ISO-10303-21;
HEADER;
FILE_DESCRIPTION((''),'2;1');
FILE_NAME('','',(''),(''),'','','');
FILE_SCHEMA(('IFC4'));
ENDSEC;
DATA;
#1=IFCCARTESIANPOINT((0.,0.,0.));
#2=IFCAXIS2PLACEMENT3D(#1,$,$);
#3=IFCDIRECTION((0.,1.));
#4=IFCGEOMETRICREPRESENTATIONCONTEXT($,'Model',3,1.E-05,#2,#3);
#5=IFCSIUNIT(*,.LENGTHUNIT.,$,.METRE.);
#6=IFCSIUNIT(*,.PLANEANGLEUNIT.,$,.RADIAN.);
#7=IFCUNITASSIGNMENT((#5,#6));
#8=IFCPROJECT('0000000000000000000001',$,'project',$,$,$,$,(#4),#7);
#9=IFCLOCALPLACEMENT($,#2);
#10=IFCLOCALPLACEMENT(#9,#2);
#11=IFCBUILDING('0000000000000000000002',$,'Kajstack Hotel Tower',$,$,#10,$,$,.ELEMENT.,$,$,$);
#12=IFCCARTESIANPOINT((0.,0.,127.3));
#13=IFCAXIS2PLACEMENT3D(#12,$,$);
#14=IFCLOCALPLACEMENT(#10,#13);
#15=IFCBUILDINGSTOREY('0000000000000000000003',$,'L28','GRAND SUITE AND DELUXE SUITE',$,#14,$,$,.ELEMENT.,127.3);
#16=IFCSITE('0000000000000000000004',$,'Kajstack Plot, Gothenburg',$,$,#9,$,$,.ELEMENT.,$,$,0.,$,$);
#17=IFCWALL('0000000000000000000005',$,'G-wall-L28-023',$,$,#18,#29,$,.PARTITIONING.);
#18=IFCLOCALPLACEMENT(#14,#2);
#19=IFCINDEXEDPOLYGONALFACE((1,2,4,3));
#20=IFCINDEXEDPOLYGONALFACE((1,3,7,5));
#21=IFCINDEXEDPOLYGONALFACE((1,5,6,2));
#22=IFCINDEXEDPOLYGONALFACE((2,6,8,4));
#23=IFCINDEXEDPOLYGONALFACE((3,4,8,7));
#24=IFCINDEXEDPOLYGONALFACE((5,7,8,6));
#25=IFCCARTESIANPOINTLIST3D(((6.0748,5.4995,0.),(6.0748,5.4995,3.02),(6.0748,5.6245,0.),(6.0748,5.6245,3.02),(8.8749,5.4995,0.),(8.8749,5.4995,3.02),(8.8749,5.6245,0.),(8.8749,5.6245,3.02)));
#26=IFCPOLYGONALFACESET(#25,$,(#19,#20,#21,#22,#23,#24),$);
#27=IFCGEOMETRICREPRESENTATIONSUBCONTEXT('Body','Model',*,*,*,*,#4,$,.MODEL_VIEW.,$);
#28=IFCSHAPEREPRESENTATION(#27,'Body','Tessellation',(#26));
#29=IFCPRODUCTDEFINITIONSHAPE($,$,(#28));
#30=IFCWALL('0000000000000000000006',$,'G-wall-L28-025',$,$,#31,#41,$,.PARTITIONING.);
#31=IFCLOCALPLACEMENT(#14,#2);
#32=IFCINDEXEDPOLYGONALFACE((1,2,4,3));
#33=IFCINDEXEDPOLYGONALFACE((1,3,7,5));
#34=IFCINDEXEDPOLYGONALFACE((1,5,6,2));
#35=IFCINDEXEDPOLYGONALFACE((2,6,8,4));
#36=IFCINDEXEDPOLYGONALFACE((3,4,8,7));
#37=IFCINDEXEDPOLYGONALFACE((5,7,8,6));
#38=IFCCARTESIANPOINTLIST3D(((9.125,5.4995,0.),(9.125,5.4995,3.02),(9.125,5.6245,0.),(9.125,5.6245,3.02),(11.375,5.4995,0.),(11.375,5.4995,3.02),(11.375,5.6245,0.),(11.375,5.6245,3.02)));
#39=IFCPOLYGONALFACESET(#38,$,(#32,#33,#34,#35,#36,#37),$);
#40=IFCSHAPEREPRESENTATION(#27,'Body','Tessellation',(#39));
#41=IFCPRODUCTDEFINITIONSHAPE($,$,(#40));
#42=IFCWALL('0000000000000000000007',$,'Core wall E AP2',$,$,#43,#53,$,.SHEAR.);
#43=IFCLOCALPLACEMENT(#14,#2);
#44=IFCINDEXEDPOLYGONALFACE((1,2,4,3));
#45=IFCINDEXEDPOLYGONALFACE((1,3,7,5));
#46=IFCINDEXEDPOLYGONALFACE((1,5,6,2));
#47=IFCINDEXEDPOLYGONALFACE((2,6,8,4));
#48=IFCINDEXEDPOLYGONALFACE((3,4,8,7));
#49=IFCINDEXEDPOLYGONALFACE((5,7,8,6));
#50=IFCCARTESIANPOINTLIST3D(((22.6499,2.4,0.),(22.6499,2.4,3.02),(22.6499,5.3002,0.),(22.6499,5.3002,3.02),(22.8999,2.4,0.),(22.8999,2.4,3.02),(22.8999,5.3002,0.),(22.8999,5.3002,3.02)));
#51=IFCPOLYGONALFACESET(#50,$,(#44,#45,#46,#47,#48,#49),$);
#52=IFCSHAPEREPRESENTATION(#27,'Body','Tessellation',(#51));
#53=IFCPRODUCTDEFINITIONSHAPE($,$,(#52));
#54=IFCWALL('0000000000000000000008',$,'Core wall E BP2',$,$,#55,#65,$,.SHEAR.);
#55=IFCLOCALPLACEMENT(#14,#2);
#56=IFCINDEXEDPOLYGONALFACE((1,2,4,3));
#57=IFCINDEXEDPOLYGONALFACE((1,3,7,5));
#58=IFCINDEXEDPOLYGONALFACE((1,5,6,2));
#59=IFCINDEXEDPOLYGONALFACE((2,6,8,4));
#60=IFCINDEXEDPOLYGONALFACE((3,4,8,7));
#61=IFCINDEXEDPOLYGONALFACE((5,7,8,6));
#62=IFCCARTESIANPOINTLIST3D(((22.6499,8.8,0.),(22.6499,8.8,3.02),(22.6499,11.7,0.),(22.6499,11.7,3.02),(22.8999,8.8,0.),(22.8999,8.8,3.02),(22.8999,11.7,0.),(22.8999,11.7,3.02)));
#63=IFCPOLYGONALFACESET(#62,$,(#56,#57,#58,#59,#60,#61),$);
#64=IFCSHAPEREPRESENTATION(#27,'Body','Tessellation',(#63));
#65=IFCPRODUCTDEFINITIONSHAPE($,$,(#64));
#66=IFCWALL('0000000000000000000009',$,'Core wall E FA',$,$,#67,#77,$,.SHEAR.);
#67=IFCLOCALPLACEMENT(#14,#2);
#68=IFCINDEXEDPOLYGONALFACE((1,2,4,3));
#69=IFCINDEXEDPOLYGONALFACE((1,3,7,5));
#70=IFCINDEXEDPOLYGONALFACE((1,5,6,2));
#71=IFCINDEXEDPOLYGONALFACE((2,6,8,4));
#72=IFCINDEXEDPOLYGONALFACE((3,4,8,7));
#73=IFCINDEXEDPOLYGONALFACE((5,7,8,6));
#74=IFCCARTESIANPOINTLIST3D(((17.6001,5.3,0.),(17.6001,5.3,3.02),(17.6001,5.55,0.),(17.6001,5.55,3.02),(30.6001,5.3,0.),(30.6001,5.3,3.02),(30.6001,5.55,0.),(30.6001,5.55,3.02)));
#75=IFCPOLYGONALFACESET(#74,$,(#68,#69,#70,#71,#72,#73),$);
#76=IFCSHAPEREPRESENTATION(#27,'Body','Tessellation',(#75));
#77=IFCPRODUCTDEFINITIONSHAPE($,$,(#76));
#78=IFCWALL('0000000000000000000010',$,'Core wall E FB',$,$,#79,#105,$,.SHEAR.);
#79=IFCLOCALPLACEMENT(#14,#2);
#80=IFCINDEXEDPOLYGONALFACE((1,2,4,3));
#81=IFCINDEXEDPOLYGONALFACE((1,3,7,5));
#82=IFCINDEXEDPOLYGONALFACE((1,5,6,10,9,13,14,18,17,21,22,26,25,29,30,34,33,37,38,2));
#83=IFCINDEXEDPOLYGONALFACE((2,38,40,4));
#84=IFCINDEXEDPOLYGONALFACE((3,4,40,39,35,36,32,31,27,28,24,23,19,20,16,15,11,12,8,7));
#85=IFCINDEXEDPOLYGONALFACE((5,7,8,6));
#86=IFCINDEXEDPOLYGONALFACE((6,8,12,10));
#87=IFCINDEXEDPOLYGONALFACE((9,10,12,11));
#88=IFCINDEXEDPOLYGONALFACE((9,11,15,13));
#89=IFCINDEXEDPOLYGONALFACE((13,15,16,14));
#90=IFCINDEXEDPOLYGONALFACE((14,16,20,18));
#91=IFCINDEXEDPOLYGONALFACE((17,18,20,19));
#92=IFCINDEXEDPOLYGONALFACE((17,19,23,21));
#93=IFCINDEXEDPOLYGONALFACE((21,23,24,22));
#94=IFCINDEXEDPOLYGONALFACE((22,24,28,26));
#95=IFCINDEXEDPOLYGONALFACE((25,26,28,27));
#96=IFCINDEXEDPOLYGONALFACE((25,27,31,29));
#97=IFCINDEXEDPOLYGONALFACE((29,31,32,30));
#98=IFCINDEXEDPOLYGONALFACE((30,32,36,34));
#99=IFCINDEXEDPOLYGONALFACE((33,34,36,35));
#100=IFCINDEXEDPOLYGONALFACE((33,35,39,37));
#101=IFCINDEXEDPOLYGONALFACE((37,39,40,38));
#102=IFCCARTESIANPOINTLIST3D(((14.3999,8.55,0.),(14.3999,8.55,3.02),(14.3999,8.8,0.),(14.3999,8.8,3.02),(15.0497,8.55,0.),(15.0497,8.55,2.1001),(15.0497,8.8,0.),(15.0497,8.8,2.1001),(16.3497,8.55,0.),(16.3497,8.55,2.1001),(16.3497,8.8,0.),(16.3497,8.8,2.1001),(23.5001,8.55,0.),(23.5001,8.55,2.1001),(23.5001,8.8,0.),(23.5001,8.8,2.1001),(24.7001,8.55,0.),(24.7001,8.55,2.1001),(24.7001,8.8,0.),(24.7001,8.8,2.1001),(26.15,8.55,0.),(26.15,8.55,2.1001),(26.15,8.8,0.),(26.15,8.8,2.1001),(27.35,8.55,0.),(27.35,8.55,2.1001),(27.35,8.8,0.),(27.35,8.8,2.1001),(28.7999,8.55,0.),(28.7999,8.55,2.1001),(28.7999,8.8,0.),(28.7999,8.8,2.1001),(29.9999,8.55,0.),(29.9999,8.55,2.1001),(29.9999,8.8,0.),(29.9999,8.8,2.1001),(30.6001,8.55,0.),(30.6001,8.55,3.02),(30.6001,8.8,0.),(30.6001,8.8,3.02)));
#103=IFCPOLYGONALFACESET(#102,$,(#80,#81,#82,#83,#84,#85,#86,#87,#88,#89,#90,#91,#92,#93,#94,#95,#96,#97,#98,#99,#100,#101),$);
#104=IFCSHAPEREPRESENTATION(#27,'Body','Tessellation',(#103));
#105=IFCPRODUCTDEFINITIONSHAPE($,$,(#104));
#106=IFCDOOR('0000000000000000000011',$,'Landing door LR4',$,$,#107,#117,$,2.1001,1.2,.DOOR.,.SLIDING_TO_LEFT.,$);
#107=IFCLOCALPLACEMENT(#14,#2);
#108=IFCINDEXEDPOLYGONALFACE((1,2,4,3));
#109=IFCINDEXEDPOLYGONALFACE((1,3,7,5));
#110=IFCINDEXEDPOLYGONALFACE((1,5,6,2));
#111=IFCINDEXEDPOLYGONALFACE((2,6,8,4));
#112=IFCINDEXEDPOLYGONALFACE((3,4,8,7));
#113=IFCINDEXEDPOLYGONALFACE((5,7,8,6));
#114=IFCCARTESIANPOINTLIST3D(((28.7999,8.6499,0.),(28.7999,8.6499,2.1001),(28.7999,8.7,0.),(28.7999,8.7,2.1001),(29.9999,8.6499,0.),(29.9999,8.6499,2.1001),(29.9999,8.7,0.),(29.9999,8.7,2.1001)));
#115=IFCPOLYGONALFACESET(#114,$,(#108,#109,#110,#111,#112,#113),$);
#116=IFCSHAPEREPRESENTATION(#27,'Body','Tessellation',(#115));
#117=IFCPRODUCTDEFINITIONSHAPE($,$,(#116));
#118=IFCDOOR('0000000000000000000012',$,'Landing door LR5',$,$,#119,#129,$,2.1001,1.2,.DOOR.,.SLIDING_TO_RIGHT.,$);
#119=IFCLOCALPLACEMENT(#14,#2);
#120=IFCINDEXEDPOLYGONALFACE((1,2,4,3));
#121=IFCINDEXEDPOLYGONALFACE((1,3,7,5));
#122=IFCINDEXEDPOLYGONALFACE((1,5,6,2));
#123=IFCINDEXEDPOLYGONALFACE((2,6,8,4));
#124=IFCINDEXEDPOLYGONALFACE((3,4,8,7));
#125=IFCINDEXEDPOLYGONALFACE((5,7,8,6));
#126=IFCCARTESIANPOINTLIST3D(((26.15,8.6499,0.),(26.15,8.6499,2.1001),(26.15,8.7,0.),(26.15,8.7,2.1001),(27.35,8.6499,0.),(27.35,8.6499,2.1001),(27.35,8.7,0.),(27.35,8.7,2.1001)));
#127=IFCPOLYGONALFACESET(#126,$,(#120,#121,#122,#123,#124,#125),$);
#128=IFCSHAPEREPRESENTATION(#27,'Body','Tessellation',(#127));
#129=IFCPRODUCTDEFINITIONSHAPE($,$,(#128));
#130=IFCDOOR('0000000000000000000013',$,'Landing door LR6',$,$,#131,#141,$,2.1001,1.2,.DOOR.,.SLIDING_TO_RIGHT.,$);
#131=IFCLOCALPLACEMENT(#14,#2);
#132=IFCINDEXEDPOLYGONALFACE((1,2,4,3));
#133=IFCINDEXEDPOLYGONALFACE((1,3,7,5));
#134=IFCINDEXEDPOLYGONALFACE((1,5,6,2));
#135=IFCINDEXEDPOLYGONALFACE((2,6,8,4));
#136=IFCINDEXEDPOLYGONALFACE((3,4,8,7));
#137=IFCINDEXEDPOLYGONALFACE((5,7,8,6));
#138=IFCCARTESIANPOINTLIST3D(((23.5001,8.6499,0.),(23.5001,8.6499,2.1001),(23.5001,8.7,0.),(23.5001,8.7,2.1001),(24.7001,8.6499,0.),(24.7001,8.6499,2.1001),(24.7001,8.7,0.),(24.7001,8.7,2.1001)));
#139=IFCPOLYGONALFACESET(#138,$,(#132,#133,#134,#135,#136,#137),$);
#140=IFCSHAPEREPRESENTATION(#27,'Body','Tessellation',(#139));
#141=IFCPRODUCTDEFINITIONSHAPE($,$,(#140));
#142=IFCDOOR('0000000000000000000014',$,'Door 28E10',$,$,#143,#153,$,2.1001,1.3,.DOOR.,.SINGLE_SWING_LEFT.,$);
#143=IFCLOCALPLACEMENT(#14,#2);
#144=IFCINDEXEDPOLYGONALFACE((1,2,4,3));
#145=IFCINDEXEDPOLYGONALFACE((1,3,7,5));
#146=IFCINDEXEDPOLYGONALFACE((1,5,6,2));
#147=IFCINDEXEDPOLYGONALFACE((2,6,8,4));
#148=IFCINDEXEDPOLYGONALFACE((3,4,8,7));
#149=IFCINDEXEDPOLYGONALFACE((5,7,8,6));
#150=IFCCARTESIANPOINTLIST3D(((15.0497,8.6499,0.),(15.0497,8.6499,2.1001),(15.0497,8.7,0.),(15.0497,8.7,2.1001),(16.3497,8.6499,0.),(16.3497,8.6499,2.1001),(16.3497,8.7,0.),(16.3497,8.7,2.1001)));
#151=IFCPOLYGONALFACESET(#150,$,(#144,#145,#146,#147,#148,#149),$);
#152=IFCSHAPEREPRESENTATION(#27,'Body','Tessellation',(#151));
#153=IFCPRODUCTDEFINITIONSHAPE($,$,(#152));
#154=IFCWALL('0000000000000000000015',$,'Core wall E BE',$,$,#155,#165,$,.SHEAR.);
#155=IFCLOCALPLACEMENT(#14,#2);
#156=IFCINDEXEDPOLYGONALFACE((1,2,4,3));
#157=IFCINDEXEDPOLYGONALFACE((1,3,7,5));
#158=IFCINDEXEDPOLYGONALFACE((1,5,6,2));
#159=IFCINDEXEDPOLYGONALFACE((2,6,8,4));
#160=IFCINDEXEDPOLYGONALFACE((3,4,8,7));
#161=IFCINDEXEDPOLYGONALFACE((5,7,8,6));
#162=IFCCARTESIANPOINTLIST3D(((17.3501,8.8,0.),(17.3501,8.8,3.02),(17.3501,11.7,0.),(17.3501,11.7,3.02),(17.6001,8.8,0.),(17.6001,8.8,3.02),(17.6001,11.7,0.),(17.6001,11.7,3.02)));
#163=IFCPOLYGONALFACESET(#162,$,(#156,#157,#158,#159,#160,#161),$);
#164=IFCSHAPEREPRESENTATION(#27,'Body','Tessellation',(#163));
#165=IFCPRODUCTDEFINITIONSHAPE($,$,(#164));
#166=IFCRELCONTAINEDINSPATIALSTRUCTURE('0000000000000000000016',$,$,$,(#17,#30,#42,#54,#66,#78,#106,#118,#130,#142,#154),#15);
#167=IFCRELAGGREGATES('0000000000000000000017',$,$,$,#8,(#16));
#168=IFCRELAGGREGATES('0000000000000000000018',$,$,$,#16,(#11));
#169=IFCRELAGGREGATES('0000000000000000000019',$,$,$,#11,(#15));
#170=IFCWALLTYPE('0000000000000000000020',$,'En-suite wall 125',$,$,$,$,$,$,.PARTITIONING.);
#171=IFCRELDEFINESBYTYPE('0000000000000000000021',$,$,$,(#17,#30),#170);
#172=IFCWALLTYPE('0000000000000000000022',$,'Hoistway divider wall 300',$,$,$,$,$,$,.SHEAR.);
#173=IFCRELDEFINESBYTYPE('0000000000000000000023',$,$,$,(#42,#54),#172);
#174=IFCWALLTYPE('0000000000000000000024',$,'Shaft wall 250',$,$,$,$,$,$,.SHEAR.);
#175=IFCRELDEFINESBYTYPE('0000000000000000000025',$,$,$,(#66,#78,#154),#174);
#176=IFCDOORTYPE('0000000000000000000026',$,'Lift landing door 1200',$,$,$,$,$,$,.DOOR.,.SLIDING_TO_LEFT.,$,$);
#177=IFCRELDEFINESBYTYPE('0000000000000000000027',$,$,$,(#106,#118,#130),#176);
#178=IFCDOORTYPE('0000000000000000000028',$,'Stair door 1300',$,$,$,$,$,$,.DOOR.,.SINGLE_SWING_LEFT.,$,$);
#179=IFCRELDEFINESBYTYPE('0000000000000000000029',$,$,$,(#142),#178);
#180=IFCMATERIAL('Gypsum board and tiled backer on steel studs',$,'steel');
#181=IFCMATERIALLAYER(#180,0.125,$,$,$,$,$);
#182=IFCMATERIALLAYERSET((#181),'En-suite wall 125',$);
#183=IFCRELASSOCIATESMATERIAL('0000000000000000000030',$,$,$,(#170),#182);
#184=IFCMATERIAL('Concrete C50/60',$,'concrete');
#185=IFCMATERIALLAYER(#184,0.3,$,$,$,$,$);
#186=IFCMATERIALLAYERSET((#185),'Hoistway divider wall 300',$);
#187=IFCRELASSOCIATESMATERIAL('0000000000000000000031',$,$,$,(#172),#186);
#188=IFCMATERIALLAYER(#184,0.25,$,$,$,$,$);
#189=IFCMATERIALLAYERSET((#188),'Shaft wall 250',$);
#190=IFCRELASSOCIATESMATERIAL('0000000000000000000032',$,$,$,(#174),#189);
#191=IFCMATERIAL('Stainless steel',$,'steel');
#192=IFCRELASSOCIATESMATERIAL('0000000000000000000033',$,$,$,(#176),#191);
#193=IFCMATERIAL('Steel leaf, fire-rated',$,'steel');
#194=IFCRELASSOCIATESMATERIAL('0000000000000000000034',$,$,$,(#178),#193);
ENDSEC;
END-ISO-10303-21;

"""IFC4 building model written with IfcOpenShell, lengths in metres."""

from ifc_helpers import new_model, si_unit, direction, frame, frame_2d, origin, place, context, subcontext, project, spatial, rectangle, extrude, material, layer, layer_set, type_object, element, fill, save


model = new_model("IFC4")

# Units and contexts
model_context = context("Model", 3, precision=1e-05, world=origin(), true_north=direction((0.0, 1.0)))
body_context = subcontext(model_context, "Body", "Model", "MODEL_VIEW")
ifc_project = project(units=[si_unit("LENGTHUNIT", "METRE"), si_unit("PLANEANGLEUNIT", "RADIAN")], contexts=[model_context])

# Site, building, storey
site_placement = place(None, origin())
site = spatial("IfcSite", under=ifc_project, at=site_placement, Name="Kajstack Plot, Gothenburg", CompositionType="ELEMENT", RefElevation=0.0)
building_placement = place(site_placement, origin())
building = spatial("IfcBuilding", under=site, at=building_placement, Name="Kajstack Hotel Tower", CompositionType="ELEMENT")
storey_placement = place(building_placement, frame((0.0, 0.0, 127.3)))
storey = spatial("IfcBuildingStorey", under=building, at=storey_placement, Name="L28", Description="GRAND SUITE AND DELUXE SUITE", CompositionType="ELEMENT", Elevation=127.3)

# Walls
ifc_material_1 = material(Name="Gypsum board and tiled backer on steel studs", Category="steel")
ifc_layer_1 = layer(ifc_material_1, 0.125)
ifc_layer_set_1 = layer_set([ifc_layer_1], Name="En-suite wall 125")
wall_type_1 = type_object("IfcWallType", Name="En-suite wall 125", PredefinedType="PARTITIONING", material=ifc_layer_set_1)
wall_1_placement = place(storey_placement, frame((6.075, 5.562, 0.0), z_axis=(0.0, 0.0, 1.0), x_axis=(1.0, 0.0, 0.0)))
element("IfcWall", 1, at=wall_1_placement, inside=storey, type_object=wall_type_1, Name="G-wall-L28-023", PredefinedType="PARTITIONING", context=body_context, shape_type="SweptSolid", body=[
    extrude(rectangle(XDim=2.8, YDim=0.125, at=frame_2d((1.3999, 0.0))), origin(), (0.0, 0.0, 1.0), 3.02),
])
wall_2_placement = place(storey_placement, frame((9.125, 5.562, 0.0), z_axis=(0.0, 0.0, 1.0), x_axis=(1.0, 0.0, 0.0)))
element("IfcWall", 2, at=wall_2_placement, inside=storey, type_object=wall_type_1, Name="G-wall-L28-025", PredefinedType="PARTITIONING", context=body_context, shape_type="SweptSolid", body=[
    extrude(rectangle(XDim=2.25, YDim=0.125, at=frame_2d((1.125, 0.0))), origin(), (0.0, 0.0, 1.0), 3.02),
])
ifc_material_2 = material(Name="Concrete C50/60", Category="concrete")
ifc_layer_2 = layer(ifc_material_2, 0.3)
ifc_layer_set_2 = layer_set([ifc_layer_2], Name="Hoistway divider wall 300")
wall_type_2 = type_object("IfcWallType", Name="Hoistway divider wall 300", PredefinedType="SHEAR", material=ifc_layer_set_2)
wall_3_placement = place(storey_placement, frame((22.7749, 2.3999, 0.0), z_axis=(0.0, 0.0, 1.0), x_axis=(0.0, 1.0, 0.0)))
element("IfcWall", 3, at=wall_3_placement, inside=storey, type_object=wall_type_2, Name="Core wall E AP2", PredefinedType="SHEAR", context=body_context, shape_type="SweptSolid", body=[
    extrude(rectangle(XDim=2.9001, YDim=0.25, at=frame_2d((1.4502, 0.0))), origin(), (0.0, 0.0, 1.0), 3.02),
])
wall_4_placement = place(storey_placement, frame((22.7749, 8.8, 0.0), z_axis=(0.0, 0.0, 1.0), x_axis=(0.0, 1.0, 0.0)))
element("IfcWall", 4, at=wall_4_placement, inside=storey, type_object=wall_type_2, Name="Core wall E BP2", PredefinedType="SHEAR", context=body_context, shape_type="SweptSolid", body=[
    extrude(rectangle(XDim=2.8999, YDim=0.25, at=frame_2d((1.45, 0.0))), origin(), (0.0, 0.0, 1.0), 3.02),
])
ifc_layer_3 = layer(ifc_material_2, 0.25)
ifc_layer_set_3 = layer_set([ifc_layer_3], Name="Shaft wall 250")
wall_type_3 = type_object("IfcWallType", Name="Shaft wall 250", PredefinedType="SHEAR", material=ifc_layer_set_3)
wall_5_placement = place(storey_placement, frame((17.6001, 5.425, 0.0), z_axis=(0.0, 0.0, 1.0), x_axis=(1.0, 0.0, 0.0)))
element("IfcWall", 5, at=wall_5_placement, inside=storey, type_object=wall_type_3, Name="Core wall E FA", PredefinedType="SHEAR", context=body_context, shape_type="SweptSolid", body=[
    extrude(rectangle(XDim=13.0, YDim=0.25, at=frame_2d((6.5, 0.0))), origin(), (0.0, 0.0, 1.0), 3.02),
])

# Wall, openings, doors
wall_6_placement = place(storey_placement, frame((14.3999, 8.675, 0.0), z_axis=(0.0, 0.0, 1.0), x_axis=(1.0, 0.0, 0.0)))
wall_6 = element("IfcWall", 6, at=wall_6_placement, inside=storey, type_object=wall_type_3, Name="Core wall E FB", PredefinedType="SHEAR", context=body_context, shape_type="SweptSolid", body=[
    extrude(rectangle(XDim=16.2002, YDim=0.25, at=frame_2d((8.1001, 0.0))), origin(), (0.0, 0.0, 1.0), 3.02),
])
opening_1_placement = place(wall_6_placement, frame((14.3999, 0.0, 0.0)))
opening_1 = element("IfcOpeningElement", 7, at=opening_1_placement, cuts=wall_6, PredefinedType="OPENING", context=body_context, shape_type="SweptSolid", body=[
    extrude(rectangle(XDim=1.2, YDim=2.1001, at=frame_2d((0.6001, 1.05))), frame((0.0, 0.135, 0.0), z_axis=(0.0, -1.0, 0.0), x_axis=(1.0, 0.0, 0.0)), (0.0, 0.0, 1.0), 0.27),
])
opening_2_placement = place(wall_6_placement, frame((11.75, 0.0, 0.0)))
opening_2 = element("IfcOpeningElement", 8, at=opening_2_placement, cuts=wall_6, PredefinedType="OPENING", context=body_context, shape_type="SweptSolid", body=[
    extrude(rectangle(XDim=1.2, YDim=2.1001, at=frame_2d((0.6001, 1.05))), frame((0.0, 0.135, 0.0), z_axis=(0.0, -1.0, 0.0), x_axis=(1.0, 0.0, 0.0)), (0.0, 0.0, 1.0), 0.27),
])
opening_3_placement = place(wall_6_placement, frame((9.1001, 0.0, 0.0)))
opening_3 = element("IfcOpeningElement", 9, at=opening_3_placement, cuts=wall_6, PredefinedType="OPENING", context=body_context, shape_type="SweptSolid", body=[
    extrude(rectangle(XDim=1.2, YDim=2.1001, at=frame_2d((0.6001, 1.05))), frame((0.0, 0.135, 0.0), z_axis=(0.0, -1.0, 0.0), x_axis=(1.0, 0.0, 0.0)), (0.0, 0.0, 1.0), 0.27),
])
opening_4_placement = place(wall_6_placement, frame((0.6499, 0.0, 0.0)))
opening_4 = element("IfcOpeningElement", 10, at=opening_4_placement, cuts=wall_6, PredefinedType="OPENING", context=body_context, shape_type="SweptSolid", body=[
    extrude(rectangle(XDim=1.3, YDim=2.1001, at=frame_2d((0.6499, 1.05))), frame((0.0, 0.135, 0.0), z_axis=(0.0, -1.0, 0.0), x_axis=(1.0, 0.0, 0.0)), (0.0, 0.0, 1.0), 0.27),
])
ifc_material_3 = material(Name="Stainless steel", Category="steel")
door_type_1 = type_object("IfcDoorType", Name="Lift landing door 1200", OperationType="SLIDING_TO_LEFT", PredefinedType="DOOR", material=ifc_material_3)
door_1_placement = place(opening_1_placement, origin())
door_1 = element("IfcDoor", 11, at=door_1_placement, inside=storey, type_object=door_type_1, Name="Landing door LR4", OperationType="SLIDING_TO_LEFT", OverallHeight=2.1001, OverallWidth=1.2, PredefinedType="DOOR", context=body_context, shape_type="SweptSolid", body=[
    extrude(rectangle(XDim=1.2, YDim=2.1001, at=frame_2d((0.6001, 1.05))), frame((0.0, 0.0249, 0.0), z_axis=(0.0, -1.0, 0.0), x_axis=(1.0, 0.0, 0.0)), (0.0, 0.0, 1.0), 0.05),
])
fill(opening_1, door_1)
door_2_placement = place(opening_2_placement, origin())
door_2 = element("IfcDoor", 12, at=door_2_placement, inside=storey, type_object=door_type_1, Name="Landing door LR5", OperationType="SLIDING_TO_RIGHT", OverallHeight=2.1001, OverallWidth=1.2, PredefinedType="DOOR", context=body_context, shape_type="SweptSolid", body=[
    extrude(rectangle(XDim=1.2, YDim=2.1001, at=frame_2d((0.6001, 1.05))), frame((0.0, 0.0249, 0.0), z_axis=(0.0, -1.0, 0.0), x_axis=(1.0, 0.0, 0.0)), (0.0, 0.0, 1.0), 0.05),
])
fill(opening_2, door_2)
door_3_placement = place(opening_3_placement, origin())
door_3 = element("IfcDoor", 13, at=door_3_placement, inside=storey, type_object=door_type_1, Name="Landing door LR6", OperationType="SLIDING_TO_RIGHT", OverallHeight=2.1001, OverallWidth=1.2, PredefinedType="DOOR", context=body_context, shape_type="SweptSolid", body=[
    extrude(rectangle(XDim=1.2, YDim=2.1001, at=frame_2d((0.6001, 1.05))), frame((0.0, 0.0249, 0.0), z_axis=(0.0, -1.0, 0.0), x_axis=(1.0, 0.0, 0.0)), (0.0, 0.0, 1.0), 0.05),
])
fill(opening_3, door_3)
ifc_material_4 = material(Name="Steel leaf, fire-rated", Category="steel")
door_type_2 = type_object("IfcDoorType", Name="Stair door 1300", OperationType="SINGLE_SWING_LEFT", PredefinedType="DOOR", material=ifc_material_4)
door_4_placement = place(opening_4_placement, origin())
door_4 = element("IfcDoor", 14, at=door_4_placement, inside=storey, type_object=door_type_2, Name="Door 28E10", OperationType="SINGLE_SWING_LEFT", OverallHeight=2.1001, OverallWidth=1.3, PredefinedType="DOOR", context=body_context, shape_type="SweptSolid", body=[
    extrude(rectangle(XDim=1.3, YDim=2.1001, at=frame_2d((0.6499, 1.05))), frame((0.0, 0.0249, 0.0), z_axis=(0.0, -1.0, 0.0), x_axis=(1.0, 0.0, 0.0)), (0.0, 0.0, 1.0), 0.05),
])
fill(opening_4, door_4)

# Wall
wall_7_placement = place(storey_placement, frame((17.4751, 8.8, 0.0), z_axis=(0.0, 0.0, 1.0), x_axis=(0.0, 1.0, 0.0)))
element("IfcWall", 15, at=wall_7_placement, inside=storey, type_object=wall_type_3, Name="Core wall E BE", PredefinedType="SHEAR", context=body_context, shape_type="SweptSolid", body=[
    extrude(rectangle(XDim=2.8999, YDim=0.25, at=frame_2d((1.45, 0.0))), origin(), (0.0, 0.0, 1.0), 3.02),
])

save(model, "model.ifc")
